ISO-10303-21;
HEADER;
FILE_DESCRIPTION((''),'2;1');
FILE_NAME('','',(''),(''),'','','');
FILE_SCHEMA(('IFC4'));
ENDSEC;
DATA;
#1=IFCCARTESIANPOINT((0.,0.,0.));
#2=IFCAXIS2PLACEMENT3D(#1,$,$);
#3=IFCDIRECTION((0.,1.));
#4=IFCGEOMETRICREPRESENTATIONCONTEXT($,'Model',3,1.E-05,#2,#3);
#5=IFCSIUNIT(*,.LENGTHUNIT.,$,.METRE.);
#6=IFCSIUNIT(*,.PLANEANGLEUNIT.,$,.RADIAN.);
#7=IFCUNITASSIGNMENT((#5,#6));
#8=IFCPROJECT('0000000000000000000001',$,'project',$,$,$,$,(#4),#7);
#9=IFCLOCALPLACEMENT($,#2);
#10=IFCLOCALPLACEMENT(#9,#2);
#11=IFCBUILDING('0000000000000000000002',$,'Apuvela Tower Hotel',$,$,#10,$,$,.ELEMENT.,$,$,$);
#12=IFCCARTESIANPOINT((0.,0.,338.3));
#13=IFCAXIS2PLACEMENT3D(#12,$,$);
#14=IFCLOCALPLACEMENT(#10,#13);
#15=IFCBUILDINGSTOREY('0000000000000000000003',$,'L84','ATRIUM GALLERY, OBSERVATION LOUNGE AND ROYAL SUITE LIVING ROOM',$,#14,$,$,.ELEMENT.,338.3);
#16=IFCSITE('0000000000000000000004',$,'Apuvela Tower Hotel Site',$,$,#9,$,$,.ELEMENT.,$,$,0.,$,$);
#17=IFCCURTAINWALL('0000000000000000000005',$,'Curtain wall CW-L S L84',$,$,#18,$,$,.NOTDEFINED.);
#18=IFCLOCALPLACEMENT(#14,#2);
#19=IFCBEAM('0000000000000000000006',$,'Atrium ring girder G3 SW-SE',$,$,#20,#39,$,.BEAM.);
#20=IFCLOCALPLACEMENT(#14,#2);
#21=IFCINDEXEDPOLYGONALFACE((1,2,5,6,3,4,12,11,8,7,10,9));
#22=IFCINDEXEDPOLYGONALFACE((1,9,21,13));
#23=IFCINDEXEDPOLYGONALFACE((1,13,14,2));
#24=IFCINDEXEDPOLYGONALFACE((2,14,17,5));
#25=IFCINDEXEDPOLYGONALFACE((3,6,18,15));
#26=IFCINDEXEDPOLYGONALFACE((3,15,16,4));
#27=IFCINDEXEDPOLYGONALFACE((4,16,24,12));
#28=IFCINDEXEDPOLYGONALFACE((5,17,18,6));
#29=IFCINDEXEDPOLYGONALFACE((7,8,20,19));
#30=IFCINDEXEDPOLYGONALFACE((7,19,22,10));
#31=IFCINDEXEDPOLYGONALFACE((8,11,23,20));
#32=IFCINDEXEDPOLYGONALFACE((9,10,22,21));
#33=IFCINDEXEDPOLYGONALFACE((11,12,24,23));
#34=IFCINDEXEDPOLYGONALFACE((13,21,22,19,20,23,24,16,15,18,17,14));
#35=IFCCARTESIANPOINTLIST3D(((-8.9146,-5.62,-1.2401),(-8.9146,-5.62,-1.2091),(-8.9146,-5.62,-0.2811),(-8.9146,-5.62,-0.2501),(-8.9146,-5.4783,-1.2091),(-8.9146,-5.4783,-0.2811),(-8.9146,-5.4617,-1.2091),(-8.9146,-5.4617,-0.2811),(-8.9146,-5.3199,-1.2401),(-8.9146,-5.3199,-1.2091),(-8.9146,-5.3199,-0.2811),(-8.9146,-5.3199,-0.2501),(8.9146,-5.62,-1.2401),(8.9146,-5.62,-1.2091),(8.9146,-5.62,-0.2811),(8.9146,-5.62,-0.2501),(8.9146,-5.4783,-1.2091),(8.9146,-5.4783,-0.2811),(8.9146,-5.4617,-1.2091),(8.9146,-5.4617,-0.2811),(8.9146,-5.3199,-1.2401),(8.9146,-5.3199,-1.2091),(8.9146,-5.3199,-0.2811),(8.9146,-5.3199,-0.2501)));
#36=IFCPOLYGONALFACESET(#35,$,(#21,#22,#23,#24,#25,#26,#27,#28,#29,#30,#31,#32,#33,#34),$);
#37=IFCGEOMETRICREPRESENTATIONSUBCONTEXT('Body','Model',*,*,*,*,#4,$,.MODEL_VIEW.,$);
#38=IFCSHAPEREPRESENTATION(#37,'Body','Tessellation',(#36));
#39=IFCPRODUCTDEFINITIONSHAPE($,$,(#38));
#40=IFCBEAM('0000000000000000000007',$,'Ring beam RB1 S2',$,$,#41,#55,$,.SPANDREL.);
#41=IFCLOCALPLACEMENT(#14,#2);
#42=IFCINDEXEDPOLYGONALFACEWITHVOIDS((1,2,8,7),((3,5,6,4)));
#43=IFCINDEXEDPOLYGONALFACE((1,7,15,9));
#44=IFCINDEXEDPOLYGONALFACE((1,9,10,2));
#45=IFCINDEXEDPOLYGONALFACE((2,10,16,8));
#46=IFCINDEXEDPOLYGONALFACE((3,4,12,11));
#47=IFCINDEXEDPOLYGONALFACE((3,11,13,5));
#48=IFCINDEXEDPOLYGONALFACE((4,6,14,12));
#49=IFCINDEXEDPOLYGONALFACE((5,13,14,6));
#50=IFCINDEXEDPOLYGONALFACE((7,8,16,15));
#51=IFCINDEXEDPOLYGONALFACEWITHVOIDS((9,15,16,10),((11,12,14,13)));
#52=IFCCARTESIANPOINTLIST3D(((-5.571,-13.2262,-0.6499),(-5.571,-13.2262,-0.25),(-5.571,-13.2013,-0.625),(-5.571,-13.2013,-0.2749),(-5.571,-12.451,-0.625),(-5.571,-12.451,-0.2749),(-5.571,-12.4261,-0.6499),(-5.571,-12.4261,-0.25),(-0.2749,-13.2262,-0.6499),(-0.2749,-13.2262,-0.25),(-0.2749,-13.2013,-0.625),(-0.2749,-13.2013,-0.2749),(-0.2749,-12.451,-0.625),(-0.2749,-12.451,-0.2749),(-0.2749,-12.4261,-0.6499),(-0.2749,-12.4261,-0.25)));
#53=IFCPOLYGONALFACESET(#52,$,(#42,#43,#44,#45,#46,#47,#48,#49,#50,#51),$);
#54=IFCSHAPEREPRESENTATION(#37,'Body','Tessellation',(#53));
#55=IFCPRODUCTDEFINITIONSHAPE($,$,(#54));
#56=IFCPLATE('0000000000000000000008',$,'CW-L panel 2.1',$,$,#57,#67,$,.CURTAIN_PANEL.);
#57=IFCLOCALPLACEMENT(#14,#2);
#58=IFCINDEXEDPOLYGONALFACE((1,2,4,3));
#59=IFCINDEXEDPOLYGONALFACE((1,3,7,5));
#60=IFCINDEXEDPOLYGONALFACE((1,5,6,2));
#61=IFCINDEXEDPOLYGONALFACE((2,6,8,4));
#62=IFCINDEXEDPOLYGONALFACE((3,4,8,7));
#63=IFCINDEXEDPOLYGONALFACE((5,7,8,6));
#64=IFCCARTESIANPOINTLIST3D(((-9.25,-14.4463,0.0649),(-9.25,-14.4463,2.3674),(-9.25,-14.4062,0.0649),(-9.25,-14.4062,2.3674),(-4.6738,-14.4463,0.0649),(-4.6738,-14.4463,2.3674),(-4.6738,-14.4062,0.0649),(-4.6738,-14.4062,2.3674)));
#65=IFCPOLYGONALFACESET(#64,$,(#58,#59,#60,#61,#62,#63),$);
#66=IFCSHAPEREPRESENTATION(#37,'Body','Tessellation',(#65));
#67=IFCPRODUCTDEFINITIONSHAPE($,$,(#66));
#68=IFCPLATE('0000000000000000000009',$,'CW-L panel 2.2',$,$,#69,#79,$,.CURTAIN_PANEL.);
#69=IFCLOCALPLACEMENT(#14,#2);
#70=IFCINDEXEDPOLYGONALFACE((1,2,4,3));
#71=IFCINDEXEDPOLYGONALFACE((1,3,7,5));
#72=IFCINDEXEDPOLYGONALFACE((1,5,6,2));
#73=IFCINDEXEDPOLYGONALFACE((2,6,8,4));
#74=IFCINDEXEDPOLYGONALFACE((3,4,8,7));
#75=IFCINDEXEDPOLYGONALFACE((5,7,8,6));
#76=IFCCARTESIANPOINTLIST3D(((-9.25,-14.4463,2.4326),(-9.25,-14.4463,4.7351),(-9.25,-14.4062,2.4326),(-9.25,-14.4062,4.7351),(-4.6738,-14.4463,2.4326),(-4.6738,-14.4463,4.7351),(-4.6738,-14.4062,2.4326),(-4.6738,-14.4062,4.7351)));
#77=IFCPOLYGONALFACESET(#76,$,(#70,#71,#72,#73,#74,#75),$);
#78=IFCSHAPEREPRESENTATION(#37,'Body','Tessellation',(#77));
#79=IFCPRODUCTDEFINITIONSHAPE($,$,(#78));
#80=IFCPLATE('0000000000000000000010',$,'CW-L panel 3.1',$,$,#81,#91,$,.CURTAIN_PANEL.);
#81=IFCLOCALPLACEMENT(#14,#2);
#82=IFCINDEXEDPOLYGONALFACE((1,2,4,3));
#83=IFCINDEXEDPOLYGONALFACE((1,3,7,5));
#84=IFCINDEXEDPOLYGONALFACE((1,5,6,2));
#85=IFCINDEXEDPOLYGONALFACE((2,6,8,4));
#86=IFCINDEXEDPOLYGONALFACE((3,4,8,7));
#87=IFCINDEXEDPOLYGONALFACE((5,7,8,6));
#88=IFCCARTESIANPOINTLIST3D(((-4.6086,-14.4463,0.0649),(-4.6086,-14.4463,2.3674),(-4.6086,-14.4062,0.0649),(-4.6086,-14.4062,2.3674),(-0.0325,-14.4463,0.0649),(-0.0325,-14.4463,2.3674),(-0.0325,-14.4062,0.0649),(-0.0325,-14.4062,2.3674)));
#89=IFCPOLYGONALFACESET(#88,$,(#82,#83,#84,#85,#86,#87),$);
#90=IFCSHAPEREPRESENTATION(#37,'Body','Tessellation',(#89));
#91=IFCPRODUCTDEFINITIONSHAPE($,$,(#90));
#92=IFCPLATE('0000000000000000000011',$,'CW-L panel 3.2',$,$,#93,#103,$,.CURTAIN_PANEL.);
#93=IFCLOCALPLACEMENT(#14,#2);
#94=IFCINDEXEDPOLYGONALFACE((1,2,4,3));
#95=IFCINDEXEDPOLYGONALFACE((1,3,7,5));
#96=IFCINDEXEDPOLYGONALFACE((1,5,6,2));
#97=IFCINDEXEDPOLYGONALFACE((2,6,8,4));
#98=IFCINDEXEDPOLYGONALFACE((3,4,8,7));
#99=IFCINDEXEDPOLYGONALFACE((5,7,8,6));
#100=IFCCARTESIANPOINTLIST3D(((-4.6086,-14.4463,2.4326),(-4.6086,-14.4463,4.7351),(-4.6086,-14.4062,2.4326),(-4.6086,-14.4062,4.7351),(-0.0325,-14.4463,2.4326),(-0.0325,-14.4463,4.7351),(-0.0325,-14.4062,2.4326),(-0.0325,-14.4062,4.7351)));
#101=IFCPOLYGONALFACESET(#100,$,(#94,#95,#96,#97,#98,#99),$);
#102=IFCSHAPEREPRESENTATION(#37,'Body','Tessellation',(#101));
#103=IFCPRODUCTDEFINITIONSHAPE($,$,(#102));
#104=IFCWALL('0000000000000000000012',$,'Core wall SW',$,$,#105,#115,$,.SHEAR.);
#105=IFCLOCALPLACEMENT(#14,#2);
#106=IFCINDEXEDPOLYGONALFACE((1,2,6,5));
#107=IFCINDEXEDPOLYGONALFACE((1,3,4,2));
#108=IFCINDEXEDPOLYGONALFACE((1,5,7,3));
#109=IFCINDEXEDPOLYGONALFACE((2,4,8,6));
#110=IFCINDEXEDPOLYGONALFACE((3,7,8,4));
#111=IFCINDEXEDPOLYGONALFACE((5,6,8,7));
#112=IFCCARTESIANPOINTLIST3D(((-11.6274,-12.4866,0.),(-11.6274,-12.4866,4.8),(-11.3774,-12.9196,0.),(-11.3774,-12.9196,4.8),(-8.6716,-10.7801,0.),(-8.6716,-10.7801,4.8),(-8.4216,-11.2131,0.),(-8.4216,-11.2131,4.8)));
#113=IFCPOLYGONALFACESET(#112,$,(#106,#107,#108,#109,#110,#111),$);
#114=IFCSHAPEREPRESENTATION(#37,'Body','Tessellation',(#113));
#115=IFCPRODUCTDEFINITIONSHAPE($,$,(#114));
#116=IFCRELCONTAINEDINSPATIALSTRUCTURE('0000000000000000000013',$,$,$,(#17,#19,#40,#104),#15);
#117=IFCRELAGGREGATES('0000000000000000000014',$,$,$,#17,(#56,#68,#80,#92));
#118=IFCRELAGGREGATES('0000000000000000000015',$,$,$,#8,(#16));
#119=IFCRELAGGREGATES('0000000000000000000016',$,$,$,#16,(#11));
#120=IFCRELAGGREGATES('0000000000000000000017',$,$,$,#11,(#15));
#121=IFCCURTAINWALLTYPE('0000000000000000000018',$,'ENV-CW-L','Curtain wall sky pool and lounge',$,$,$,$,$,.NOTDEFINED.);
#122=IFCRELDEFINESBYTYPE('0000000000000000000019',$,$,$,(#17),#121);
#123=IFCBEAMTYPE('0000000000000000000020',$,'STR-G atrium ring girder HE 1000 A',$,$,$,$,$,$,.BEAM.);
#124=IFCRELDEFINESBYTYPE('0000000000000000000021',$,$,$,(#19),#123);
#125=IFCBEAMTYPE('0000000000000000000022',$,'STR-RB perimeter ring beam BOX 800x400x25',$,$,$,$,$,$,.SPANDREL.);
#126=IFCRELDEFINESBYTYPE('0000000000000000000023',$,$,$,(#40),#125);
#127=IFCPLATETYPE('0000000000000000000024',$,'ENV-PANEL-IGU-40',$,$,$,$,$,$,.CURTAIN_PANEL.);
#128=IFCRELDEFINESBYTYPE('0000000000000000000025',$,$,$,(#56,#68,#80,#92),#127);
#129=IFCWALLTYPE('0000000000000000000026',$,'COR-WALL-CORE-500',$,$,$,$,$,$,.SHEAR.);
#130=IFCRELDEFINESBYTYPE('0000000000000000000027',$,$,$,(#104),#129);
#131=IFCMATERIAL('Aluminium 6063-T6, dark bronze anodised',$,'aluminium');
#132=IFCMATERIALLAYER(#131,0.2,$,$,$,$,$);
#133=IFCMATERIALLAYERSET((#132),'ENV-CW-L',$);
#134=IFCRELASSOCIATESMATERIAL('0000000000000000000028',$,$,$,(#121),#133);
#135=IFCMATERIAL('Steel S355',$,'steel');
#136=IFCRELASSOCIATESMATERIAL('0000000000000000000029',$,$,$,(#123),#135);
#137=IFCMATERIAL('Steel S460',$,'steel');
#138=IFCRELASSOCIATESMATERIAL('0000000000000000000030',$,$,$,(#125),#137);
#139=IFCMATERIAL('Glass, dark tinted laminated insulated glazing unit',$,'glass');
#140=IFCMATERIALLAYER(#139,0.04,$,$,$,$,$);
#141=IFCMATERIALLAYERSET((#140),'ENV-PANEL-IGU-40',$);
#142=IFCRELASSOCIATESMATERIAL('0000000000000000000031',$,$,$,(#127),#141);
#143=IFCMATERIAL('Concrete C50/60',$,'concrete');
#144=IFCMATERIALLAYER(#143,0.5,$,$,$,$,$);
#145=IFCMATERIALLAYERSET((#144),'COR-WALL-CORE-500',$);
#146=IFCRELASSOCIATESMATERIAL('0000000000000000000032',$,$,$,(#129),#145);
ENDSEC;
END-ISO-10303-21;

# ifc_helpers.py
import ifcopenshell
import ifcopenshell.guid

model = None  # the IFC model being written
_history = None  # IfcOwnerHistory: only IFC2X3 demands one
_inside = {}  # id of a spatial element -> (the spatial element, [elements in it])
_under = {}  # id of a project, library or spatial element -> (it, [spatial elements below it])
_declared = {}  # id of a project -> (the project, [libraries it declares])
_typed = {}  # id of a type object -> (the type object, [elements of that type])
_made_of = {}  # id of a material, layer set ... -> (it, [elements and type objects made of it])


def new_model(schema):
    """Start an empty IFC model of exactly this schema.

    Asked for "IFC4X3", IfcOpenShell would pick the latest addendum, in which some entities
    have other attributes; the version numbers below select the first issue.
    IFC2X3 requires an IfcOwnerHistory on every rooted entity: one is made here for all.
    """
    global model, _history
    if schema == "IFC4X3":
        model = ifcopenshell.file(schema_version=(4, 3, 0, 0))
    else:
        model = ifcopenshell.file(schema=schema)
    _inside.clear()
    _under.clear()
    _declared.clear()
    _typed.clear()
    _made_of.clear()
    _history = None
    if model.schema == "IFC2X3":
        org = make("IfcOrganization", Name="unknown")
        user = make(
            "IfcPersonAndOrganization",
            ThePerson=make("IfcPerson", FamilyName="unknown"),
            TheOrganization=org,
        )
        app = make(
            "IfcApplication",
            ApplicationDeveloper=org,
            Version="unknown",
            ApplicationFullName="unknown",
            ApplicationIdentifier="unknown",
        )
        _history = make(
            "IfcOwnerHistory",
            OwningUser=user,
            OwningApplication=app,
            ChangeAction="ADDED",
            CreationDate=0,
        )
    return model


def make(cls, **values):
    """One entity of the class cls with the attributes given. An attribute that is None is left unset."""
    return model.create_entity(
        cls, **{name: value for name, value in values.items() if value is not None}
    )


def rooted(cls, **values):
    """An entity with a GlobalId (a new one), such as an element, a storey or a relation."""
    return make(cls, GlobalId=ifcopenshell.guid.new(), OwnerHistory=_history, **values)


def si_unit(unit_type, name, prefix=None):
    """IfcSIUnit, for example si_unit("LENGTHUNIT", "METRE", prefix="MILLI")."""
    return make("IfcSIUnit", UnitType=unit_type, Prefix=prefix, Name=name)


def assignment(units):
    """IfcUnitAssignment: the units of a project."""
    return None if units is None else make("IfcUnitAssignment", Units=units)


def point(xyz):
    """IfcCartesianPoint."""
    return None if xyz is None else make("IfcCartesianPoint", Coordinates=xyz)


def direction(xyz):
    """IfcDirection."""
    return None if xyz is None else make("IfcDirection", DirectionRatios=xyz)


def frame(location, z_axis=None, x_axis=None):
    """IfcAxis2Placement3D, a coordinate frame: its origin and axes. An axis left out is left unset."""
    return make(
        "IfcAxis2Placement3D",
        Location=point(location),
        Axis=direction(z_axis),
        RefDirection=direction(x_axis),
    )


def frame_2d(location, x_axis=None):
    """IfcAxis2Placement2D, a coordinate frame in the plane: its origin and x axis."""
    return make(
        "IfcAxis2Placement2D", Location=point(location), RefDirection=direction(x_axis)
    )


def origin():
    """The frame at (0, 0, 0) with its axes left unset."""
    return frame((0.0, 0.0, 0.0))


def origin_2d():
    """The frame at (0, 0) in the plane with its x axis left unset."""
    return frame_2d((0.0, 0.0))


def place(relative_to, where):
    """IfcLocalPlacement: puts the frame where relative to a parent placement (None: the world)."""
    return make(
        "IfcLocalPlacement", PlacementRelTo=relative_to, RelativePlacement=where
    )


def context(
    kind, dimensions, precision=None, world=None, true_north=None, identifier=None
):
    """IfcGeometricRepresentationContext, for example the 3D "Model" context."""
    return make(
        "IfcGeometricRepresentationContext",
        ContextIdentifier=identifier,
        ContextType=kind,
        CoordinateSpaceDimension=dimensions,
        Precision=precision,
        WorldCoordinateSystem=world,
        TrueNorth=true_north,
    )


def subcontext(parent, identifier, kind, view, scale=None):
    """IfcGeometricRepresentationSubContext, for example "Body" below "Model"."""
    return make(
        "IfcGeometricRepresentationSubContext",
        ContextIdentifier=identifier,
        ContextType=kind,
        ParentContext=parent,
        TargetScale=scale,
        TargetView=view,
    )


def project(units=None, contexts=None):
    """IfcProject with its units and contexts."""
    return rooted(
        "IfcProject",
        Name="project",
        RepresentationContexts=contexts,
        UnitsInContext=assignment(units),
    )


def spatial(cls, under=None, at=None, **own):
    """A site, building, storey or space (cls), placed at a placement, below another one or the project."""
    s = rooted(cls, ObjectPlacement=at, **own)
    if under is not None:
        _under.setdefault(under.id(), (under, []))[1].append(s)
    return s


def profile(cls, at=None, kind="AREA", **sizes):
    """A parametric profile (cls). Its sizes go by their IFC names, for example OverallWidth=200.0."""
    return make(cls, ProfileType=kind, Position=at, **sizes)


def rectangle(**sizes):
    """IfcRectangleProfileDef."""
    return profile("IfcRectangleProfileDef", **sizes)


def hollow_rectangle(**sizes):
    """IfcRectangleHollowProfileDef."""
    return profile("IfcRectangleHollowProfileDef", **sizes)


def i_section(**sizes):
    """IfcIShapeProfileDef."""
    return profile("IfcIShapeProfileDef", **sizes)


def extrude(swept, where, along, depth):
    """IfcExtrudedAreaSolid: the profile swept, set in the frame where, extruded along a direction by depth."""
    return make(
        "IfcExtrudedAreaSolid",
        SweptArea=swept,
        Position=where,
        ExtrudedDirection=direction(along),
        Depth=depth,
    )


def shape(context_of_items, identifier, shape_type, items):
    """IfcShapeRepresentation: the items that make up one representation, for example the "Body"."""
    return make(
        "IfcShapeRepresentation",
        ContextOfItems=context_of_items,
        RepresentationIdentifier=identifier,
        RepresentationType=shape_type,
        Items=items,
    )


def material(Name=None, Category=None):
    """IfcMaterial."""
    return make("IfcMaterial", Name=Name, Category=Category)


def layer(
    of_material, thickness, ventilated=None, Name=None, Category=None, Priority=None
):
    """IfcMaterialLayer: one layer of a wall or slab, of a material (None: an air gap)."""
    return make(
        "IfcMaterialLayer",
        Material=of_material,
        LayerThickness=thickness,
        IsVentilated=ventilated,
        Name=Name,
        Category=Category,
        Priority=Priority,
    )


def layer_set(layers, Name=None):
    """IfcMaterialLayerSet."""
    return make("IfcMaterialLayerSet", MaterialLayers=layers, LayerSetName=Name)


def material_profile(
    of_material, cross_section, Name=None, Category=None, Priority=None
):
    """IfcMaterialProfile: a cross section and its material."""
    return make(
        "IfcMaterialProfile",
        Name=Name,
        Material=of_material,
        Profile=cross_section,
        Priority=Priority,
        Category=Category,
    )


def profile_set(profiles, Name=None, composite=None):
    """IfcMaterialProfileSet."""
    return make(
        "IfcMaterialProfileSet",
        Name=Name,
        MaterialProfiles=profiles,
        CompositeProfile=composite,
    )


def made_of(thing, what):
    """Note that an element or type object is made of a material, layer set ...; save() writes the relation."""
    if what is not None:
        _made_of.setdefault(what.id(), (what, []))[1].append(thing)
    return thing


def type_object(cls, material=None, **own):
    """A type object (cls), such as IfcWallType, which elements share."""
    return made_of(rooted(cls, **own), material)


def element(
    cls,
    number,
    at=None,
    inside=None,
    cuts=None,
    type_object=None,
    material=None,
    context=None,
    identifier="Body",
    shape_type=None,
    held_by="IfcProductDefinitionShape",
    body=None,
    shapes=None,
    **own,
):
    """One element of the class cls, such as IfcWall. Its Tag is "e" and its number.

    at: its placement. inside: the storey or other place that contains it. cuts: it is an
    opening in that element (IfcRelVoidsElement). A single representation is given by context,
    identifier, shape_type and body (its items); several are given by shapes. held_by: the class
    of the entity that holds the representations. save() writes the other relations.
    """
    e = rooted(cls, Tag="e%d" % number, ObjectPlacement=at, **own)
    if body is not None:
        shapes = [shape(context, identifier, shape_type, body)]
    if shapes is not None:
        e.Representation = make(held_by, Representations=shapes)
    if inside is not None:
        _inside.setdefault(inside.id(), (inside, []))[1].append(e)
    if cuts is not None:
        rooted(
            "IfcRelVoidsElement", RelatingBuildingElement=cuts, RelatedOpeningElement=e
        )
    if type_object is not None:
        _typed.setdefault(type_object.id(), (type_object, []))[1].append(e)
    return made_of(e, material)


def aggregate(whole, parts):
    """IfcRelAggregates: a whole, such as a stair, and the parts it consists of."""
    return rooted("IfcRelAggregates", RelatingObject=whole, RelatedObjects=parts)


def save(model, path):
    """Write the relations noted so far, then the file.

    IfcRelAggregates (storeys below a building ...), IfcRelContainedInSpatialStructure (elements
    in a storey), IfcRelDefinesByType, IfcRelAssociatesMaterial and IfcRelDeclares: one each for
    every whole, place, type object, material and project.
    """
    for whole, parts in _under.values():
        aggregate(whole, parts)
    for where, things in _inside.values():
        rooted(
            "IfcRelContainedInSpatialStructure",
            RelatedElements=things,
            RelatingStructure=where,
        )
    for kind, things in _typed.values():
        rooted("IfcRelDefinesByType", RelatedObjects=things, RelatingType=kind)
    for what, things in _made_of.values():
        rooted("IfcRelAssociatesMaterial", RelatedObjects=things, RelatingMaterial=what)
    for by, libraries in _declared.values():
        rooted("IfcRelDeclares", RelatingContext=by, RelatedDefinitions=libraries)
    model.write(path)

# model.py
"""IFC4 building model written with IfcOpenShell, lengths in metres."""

from ifc_helpers import new_model, si_unit, direction, frame, frame_2d, origin, origin_2d, place, context, subcontext, project, spatial, rectangle, hollow_rectangle, i_section, extrude, material, layer, layer_set, material_profile, profile_set, type_object, element, aggregate, save


model = new_model("IFC4")

# Units and contexts
model_context = context("Model", 3, precision=1e-05, world=origin(), true_north=direction((0.0, 1.0)))
body_context = subcontext(model_context, "Body", "Model", "MODEL_VIEW")
ifc_project = project(units=[si_unit("LENGTHUNIT", "METRE"), si_unit("PLANEANGLEUNIT", "RADIAN")], contexts=[model_context])

# Site, building, storey
site_placement = place(None, origin())
site = spatial("IfcSite", under=ifc_project, at=site_placement, Name="Apuvela Tower Hotel Site", CompositionType="ELEMENT", RefElevation=0.0)
building_placement = place(site_placement, origin())
building = spatial("IfcBuilding", under=site, at=building_placement, Name="Apuvela Tower Hotel", CompositionType="ELEMENT")
storey_placement = place(building_placement, frame((0.0, 0.0, 338.3)))
storey = spatial("IfcBuildingStorey", under=building, at=storey_placement, Name="L84", Description="ATRIUM GALLERY, OBSERVATION LOUNGE AND ROYAL SUITE LIVING ROOM", CompositionType="ELEMENT", Elevation=338.3)

# Shared definitions
ifc_material_1 = material(Name="Steel S460", Category="steel")

# Curtain wall
ifc_material_2 = material(Name="Aluminium 6063-T6, dark bronze anodised", Category="aluminium")
ifc_layer_1 = layer(ifc_material_2, 0.2)
ifc_layer_set_1 = layer_set([ifc_layer_1], Name="ENV-CW-L")
curtain_wall_type = type_object("IfcCurtainWallType", Name="ENV-CW-L", Description="Curtain wall sky pool and lounge", PredefinedType="NOTDEFINED", material=ifc_layer_set_1)
curtain_wall_placement = place(storey_placement, origin())
curtain_wall = element("IfcCurtainWall", 1, at=curtain_wall_placement, inside=storey, type_object=curtain_wall_type, Name="Curtain wall CW-L S L84", PredefinedType="NOTDEFINED")

# Beams
ifc_material_3 = material(Name="Steel S355", Category="steel")
ifc_material_profile_1 = material_profile(ifc_material_3, i_section(OverallWidth=0.3, OverallDepth=0.99, WebThickness=0.0166, FlangeThickness=0.031, at=origin_2d()), Name="HE 1000 A")
ifc_profile_set_1 = profile_set([ifc_material_profile_1], Name="Steel S355")
beam_type_1 = type_object("IfcBeamType", Name="STR-G atrium ring girder HE 1000 A", PredefinedType="BEAM", material=ifc_profile_set_1)
beam_1_placement = place(storey_placement, frame((-8.9146, -5.47, -0.7451), z_axis=(1.0, 0.0, 0.0), x_axis=(0.0, 1.0, 0.0)))
element("IfcBeam", 2, at=beam_1_placement, inside=storey, type_object=beam_type_1, Name="Atrium ring girder G3 SW-SE", PredefinedType="BEAM", context=body_context, shape_type="SweptSolid", body=[
    extrude(i_section(OverallWidth=0.3, OverallDepth=0.99, WebThickness=0.0166, FlangeThickness=0.031, at=origin_2d()), origin(), (0.0, 0.0, 1.0), 17.8291),
])
ifc_material_profile_2 = material_profile(ifc_material_1, hollow_rectangle(XDim=0.8, YDim=0.3999, WallThickness=0.0249, at=origin_2d()), Name="BOX 800x400x25")
ifc_profile_set_2 = profile_set([ifc_material_profile_2], Name="Steel S460")
beam_type_2 = type_object("IfcBeamType", Name="STR-RB perimeter ring beam BOX 800x400x25", PredefinedType="SPANDREL", material=ifc_profile_set_2)
beam_2_placement = place(storey_placement, frame((-5.571, -12.8262, -0.45), z_axis=(1.0, 0.0, 0.0), x_axis=(0.0, 1.0, 0.0)))
element("IfcBeam", 3, at=beam_2_placement, inside=storey, type_object=beam_type_2, Name="Ring beam RB1 S2", PredefinedType="SPANDREL", context=body_context, shape_type="SweptSolid", body=[
    extrude(hollow_rectangle(XDim=0.8, YDim=0.3999, WallThickness=0.0249, at=origin_2d()), origin(), (0.0, 0.0, 1.0), 5.2961),
])

# Plates
ifc_material_4 = material(Name="Glass, dark tinted laminated insulated glazing unit", Category="glass")
ifc_layer_2 = layer(ifc_material_4, 0.04)
ifc_layer_set_2 = layer_set([ifc_layer_2], Name="ENV-PANEL-IGU-40")
plate_type = type_object("IfcPlateType", Name="ENV-PANEL-IGU-40", PredefinedType="CURTAIN_PANEL", material=ifc_layer_set_2)
plate_1_placement = place(storey_placement, frame((-6.9619, -14.4263, 0.0649), z_axis=(0.0, 0.0, 1.0), x_axis=(1.0, 0.0, 0.0)))
plate_1 = element("IfcPlate", 4, at=plate_1_placement, type_object=plate_type, Name="CW-L panel 2.1", PredefinedType="CURTAIN_PANEL", context=body_context, shape_type="SweptSolid", body=[
    extrude(rectangle(XDim=4.5762, YDim=0.04, at=origin_2d()), origin(), (0.0, 0.0, 1.0), 2.3025),
])
plate_2_placement = place(storey_placement, frame((-6.9619, -14.4263, 2.4326), z_axis=(0.0, 0.0, 1.0), x_axis=(1.0, 0.0, 0.0)))
plate_2 = element("IfcPlate", 5, at=plate_2_placement, type_object=plate_type, Name="CW-L panel 2.2", PredefinedType="CURTAIN_PANEL", context=body_context, shape_type="SweptSolid", body=[
    extrude(rectangle(XDim=4.5762, YDim=0.04, at=origin_2d()), origin(), (0.0, 0.0, 1.0), 2.3025),
])
plate_3_placement = place(storey_placement, frame((-2.3206, -14.4263, 0.0649), z_axis=(0.0, 0.0, 1.0), x_axis=(1.0, 0.0, 0.0)))
plate_3 = element("IfcPlate", 6, at=plate_3_placement, type_object=plate_type, Name="CW-L panel 3.1", PredefinedType="CURTAIN_PANEL", context=body_context, shape_type="SweptSolid", body=[
    extrude(rectangle(XDim=4.5762, YDim=0.04, at=origin_2d()), origin(), (0.0, 0.0, 1.0), 2.3025),
])
plate_4_placement = place(storey_placement, frame((-2.3206, -14.4263, 2.4326), z_axis=(0.0, 0.0, 1.0), x_axis=(1.0, 0.0, 0.0)))
plate_4 = element("IfcPlate", 7, at=plate_4_placement, type_object=plate_type, Name="CW-L panel 3.2", PredefinedType="CURTAIN_PANEL", context=body_context, shape_type="SweptSolid", body=[
    extrude(rectangle(XDim=4.5762, YDim=0.04, at=origin_2d()), origin(), (0.0, 0.0, 1.0), 2.3025),
])
aggregate(curtain_wall, [plate_1, plate_2, plate_3, plate_4])

# Wall
ifc_material_5 = material(Name="Concrete C50/60", Category="concrete")
ifc_layer_3 = layer(ifc_material_5, 0.5)
ifc_layer_set_3 = layer_set([ifc_layer_3], Name="COR-WALL-CORE-500")
wall_type = type_object("IfcWallType", Name="COR-WALL-CORE-500", PredefinedType="SHEAR", material=ifc_layer_set_3)
wall_placement = place(storey_placement, frame((-8.5466, -10.9966, 0.0), z_axis=(0.0, 0.0, 1.0), x_axis=(-0.866025, -0.500001, 0.0)))
element("IfcWall", 8, at=wall_placement, inside=storey, type_object=wall_type, Name="Core wall SW", PredefinedType="SHEAR", context=body_context, shape_type="SweptSolid", body=[
    extrude(rectangle(XDim=3.4131, YDim=0.5, at=frame_2d((1.7065, 0.0))), origin(), (0.0, 0.0, 1.0), 4.8),
])

save(model, "model.ifc")
